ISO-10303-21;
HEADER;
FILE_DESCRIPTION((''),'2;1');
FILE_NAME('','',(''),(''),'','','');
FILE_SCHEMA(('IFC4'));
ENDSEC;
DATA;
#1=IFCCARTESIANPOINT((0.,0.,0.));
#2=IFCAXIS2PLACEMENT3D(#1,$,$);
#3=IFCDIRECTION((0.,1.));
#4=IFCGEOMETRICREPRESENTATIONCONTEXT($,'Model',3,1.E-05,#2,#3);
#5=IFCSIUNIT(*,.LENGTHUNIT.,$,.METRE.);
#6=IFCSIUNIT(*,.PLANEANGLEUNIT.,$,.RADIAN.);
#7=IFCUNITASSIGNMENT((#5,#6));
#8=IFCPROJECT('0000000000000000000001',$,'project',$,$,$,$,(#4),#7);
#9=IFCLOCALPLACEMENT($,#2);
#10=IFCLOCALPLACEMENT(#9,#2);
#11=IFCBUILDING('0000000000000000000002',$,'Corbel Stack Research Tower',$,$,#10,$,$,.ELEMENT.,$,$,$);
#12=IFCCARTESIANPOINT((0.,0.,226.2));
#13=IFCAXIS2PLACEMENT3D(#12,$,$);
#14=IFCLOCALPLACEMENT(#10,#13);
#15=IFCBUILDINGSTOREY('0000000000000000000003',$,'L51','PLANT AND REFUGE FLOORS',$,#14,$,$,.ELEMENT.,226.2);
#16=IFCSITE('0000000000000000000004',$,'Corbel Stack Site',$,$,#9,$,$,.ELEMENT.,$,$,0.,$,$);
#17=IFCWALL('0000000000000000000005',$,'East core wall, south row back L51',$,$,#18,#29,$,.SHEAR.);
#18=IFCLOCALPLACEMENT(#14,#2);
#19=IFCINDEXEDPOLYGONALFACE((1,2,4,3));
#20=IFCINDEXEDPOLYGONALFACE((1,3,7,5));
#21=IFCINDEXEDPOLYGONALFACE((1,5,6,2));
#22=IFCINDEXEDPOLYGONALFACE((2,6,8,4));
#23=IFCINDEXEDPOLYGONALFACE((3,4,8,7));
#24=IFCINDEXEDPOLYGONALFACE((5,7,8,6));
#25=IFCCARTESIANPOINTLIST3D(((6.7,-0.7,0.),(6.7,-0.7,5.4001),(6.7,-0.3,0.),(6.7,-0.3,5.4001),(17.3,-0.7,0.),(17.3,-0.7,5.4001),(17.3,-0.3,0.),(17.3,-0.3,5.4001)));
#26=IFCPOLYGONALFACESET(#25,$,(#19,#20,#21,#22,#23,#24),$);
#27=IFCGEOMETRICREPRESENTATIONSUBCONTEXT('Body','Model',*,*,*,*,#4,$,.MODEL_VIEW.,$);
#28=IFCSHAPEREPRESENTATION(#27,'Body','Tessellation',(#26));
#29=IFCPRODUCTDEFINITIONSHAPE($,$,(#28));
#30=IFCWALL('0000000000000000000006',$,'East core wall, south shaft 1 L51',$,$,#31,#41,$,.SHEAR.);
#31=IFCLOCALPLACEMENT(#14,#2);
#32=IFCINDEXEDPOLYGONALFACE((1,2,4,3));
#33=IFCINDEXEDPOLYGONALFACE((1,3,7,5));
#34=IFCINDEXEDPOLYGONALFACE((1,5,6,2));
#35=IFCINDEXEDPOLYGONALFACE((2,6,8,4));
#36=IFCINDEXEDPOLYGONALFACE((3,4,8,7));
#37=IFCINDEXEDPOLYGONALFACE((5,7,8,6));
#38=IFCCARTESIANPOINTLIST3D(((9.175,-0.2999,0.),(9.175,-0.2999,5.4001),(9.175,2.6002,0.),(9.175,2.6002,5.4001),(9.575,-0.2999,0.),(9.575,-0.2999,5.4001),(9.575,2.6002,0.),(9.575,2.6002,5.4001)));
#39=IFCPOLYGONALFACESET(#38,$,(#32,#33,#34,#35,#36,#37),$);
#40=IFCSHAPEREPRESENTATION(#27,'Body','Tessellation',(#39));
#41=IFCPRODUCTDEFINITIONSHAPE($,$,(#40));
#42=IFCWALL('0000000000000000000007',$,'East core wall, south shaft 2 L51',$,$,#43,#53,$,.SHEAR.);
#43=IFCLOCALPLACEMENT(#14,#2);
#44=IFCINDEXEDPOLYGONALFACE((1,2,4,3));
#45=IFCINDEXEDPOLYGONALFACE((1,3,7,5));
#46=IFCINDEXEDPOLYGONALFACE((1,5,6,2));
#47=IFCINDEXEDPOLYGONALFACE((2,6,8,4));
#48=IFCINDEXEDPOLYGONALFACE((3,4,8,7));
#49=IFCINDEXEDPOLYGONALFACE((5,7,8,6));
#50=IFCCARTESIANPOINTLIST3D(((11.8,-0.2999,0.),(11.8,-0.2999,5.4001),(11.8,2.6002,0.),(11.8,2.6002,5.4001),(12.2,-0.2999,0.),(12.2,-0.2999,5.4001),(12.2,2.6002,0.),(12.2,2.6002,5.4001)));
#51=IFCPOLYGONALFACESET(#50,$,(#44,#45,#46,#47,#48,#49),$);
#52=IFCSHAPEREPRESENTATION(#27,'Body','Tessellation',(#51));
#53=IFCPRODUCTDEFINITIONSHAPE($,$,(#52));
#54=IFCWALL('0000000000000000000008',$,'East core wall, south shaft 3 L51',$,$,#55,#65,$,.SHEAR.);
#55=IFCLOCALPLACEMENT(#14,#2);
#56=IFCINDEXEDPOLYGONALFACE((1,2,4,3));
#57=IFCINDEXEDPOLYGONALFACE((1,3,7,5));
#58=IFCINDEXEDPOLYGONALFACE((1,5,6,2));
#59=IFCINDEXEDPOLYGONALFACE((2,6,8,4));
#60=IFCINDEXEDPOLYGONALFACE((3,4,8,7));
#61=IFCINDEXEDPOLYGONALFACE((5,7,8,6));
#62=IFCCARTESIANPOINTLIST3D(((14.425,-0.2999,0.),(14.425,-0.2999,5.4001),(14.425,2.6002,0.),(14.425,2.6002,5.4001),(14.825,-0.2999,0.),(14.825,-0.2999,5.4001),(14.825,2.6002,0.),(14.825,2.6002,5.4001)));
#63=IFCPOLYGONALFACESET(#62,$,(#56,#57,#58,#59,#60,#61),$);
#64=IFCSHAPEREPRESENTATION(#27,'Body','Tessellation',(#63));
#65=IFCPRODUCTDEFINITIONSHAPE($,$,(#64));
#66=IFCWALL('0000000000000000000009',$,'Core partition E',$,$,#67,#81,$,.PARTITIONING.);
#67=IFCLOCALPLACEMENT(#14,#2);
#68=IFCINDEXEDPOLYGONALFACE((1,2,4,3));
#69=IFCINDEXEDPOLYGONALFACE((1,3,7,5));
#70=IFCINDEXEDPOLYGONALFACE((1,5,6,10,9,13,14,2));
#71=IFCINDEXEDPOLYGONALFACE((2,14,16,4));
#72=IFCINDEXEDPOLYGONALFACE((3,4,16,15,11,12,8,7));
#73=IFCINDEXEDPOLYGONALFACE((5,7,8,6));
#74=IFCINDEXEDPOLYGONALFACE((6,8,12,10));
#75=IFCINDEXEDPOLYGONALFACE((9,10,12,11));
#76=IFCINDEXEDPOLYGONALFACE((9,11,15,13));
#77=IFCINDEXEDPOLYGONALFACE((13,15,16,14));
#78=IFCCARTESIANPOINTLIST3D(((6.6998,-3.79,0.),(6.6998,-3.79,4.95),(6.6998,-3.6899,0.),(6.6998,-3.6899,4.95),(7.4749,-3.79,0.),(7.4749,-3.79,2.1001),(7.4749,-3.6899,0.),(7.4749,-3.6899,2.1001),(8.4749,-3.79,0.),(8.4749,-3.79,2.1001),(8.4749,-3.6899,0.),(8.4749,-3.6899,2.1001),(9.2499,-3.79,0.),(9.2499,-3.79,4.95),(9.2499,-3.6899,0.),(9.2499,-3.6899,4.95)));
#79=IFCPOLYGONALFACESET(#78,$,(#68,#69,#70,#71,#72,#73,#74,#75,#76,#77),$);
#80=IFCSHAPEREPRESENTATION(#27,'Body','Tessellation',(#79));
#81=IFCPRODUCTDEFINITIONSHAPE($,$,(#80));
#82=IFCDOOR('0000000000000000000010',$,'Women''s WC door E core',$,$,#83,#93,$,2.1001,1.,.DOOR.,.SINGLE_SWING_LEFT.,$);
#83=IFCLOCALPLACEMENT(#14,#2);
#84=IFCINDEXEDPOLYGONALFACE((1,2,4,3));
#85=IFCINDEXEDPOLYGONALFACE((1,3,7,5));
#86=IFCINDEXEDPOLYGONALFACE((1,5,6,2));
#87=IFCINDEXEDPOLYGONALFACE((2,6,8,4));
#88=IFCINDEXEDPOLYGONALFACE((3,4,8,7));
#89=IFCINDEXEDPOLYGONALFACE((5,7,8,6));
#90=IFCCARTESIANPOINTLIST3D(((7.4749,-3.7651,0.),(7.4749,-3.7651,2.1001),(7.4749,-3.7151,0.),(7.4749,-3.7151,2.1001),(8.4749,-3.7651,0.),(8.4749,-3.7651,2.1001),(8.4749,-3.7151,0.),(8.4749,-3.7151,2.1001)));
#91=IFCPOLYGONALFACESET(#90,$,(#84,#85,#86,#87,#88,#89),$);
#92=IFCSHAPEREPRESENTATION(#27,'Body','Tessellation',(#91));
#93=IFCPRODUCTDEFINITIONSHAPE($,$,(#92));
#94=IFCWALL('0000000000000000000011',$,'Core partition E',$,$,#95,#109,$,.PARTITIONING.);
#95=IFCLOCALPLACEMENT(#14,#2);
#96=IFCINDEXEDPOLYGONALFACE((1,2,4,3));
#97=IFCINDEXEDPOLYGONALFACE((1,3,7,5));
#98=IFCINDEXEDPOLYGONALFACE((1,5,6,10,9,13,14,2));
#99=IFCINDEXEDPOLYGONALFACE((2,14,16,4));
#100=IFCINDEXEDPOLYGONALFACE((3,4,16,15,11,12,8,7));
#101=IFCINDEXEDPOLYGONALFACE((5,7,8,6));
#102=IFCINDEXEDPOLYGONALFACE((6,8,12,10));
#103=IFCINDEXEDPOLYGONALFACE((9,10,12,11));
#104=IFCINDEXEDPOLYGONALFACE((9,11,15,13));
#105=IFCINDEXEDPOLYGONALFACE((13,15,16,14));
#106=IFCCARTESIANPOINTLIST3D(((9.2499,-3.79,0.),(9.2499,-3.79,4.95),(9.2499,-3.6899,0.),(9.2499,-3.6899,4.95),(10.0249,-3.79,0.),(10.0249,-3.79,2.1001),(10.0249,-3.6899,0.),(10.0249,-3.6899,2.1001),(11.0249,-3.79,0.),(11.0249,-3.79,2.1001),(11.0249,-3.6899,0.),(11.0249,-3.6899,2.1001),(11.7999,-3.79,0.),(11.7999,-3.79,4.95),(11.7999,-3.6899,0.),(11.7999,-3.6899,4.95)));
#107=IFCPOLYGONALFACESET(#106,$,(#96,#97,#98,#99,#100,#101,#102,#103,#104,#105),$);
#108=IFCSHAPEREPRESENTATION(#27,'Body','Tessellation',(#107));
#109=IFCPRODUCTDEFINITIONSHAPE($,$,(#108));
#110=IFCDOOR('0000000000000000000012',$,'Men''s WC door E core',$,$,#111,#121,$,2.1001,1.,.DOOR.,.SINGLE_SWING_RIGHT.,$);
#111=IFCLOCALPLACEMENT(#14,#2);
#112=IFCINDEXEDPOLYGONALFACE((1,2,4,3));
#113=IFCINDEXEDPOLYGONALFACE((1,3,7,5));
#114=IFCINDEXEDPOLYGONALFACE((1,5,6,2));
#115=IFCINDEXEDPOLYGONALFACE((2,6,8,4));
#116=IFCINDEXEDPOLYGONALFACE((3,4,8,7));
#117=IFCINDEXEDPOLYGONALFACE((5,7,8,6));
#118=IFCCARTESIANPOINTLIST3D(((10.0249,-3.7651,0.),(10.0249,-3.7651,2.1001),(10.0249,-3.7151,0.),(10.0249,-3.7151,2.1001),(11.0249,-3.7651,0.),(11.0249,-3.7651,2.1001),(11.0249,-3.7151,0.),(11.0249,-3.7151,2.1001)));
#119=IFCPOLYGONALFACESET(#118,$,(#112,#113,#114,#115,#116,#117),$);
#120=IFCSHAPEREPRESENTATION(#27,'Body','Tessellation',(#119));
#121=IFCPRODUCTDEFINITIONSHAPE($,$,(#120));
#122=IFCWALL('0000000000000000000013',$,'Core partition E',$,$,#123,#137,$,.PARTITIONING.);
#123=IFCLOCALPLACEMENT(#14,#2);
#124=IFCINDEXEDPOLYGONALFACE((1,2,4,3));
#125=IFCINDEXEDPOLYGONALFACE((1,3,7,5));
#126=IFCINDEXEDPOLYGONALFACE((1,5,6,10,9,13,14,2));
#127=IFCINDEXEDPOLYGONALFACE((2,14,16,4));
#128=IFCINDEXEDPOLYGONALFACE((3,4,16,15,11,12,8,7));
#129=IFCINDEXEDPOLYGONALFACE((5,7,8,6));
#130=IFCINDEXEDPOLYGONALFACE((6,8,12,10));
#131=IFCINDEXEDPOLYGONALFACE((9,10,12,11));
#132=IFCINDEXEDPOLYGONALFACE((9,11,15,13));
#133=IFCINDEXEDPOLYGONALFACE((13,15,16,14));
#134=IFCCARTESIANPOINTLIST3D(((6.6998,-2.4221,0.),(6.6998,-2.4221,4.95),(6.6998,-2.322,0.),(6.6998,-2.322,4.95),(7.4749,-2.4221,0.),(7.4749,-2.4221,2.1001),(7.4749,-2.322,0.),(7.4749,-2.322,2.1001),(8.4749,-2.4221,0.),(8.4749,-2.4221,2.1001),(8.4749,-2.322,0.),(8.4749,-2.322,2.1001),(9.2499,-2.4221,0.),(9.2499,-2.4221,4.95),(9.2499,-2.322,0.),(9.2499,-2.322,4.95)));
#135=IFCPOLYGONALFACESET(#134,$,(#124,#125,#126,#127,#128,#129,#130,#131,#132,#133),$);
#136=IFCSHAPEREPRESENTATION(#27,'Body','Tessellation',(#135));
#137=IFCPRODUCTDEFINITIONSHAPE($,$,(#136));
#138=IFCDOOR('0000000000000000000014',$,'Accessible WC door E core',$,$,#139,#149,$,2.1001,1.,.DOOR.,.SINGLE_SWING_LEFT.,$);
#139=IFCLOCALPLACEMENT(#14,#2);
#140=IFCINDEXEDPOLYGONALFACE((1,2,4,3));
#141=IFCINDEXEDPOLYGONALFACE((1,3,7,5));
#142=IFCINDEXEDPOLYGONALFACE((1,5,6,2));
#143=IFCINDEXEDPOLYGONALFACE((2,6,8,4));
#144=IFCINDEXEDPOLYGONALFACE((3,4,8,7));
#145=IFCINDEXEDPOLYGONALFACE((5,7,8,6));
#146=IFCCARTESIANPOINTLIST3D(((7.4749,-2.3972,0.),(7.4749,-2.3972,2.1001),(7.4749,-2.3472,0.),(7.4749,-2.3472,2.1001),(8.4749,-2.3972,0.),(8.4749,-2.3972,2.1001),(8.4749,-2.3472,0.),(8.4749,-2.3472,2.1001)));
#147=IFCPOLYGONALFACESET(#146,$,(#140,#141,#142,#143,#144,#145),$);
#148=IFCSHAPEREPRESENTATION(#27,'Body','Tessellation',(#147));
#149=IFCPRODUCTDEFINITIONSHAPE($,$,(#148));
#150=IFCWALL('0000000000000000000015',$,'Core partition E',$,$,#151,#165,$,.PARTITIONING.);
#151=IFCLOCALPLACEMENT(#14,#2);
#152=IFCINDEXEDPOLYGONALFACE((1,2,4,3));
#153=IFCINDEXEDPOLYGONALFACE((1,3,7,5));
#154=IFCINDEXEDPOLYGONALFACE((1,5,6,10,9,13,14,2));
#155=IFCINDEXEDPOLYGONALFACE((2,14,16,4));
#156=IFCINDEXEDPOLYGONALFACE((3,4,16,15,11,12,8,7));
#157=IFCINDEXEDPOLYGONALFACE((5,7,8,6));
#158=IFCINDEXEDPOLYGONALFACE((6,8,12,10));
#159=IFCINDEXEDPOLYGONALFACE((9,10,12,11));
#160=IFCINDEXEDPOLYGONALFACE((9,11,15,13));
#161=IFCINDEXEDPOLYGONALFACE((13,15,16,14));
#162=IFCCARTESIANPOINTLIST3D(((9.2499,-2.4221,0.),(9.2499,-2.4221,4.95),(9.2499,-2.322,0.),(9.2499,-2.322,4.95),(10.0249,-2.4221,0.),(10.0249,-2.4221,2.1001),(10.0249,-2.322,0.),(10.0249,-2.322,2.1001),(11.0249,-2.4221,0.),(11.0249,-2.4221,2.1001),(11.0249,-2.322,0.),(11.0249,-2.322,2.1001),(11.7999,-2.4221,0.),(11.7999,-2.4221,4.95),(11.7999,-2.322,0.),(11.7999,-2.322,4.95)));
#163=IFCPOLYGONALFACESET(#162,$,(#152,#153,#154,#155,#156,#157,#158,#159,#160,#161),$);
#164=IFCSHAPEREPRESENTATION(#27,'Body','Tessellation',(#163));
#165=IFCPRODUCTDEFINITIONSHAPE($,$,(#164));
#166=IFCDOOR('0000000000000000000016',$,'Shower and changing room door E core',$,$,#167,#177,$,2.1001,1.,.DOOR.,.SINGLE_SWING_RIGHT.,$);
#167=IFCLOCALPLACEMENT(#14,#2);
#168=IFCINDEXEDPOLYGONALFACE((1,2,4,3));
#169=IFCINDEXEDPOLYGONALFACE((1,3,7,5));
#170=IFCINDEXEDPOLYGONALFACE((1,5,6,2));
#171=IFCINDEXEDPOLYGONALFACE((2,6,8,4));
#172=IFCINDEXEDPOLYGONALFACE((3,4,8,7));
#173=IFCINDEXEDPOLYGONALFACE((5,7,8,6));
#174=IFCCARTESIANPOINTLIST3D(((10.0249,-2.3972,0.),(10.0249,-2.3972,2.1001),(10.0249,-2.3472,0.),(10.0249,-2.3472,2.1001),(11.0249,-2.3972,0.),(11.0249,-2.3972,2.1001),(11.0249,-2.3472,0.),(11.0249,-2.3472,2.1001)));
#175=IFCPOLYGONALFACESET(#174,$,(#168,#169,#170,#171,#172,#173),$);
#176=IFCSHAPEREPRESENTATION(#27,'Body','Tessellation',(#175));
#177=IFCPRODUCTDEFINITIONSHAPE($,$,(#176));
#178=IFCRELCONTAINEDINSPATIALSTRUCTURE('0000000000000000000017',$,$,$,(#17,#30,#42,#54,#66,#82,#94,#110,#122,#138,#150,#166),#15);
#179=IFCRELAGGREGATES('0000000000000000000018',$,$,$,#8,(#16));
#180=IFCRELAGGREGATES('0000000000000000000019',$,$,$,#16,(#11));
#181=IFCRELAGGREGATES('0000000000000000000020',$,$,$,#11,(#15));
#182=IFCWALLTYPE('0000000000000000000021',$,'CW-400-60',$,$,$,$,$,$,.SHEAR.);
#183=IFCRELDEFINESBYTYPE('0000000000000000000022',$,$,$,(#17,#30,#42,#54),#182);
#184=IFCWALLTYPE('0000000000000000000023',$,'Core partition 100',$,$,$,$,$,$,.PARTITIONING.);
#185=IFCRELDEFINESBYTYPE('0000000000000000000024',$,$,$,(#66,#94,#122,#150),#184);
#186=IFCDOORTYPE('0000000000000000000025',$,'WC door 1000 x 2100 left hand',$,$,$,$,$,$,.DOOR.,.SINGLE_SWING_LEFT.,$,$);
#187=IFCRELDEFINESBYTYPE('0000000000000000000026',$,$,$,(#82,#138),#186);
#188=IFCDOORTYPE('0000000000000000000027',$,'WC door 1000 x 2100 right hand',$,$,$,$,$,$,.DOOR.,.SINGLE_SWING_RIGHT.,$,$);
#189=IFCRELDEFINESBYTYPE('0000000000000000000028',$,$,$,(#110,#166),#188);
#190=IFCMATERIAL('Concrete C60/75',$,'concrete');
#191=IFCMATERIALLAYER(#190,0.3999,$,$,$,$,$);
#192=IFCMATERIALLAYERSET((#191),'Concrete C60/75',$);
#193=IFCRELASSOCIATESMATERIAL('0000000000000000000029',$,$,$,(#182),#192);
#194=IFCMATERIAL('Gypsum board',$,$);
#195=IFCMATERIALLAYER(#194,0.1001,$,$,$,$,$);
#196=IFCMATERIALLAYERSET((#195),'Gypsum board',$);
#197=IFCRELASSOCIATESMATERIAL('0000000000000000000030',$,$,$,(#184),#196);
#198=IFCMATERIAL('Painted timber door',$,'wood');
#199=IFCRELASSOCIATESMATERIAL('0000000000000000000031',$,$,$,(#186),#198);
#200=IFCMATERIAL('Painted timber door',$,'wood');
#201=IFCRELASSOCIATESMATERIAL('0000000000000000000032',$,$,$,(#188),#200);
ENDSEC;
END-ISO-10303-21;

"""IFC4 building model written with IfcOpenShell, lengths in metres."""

from ifc_helpers import new_model, si_unit, direction, frame, frame_2d, origin, place, context, subcontext, project, spatial, rectangle, extrude, material, layer, layer_set, type_object, element, fill, save


model = new_model("IFC4")

# Units and contexts
model_context = context("Model", 3, precision=1e-05, world=origin(), true_north=direction((0.0, 1.0)))
body_context = subcontext(model_context, "Body", "Model", "MODEL_VIEW")
ifc_project = project(units=[si_unit("LENGTHUNIT", "METRE"), si_unit("PLANEANGLEUNIT", "RADIAN")], contexts=[model_context])

# Site, building, storey
site_placement = place(None, origin())
site = spatial("IfcSite", under=ifc_project, at=site_placement, Name="Corbel Stack Site", CompositionType="ELEMENT", RefElevation=0.0)
building_placement = place(site_placement, origin())
building = spatial("IfcBuilding", under=site, at=building_placement, Name="Corbel Stack Research Tower", CompositionType="ELEMENT")
storey_placement = place(building_placement, frame((0.0, 0.0, 226.2)))
storey = spatial("IfcBuildingStorey", under=building, at=storey_placement, Name="L51", Description="PLANT AND REFUGE FLOORS", CompositionType="ELEMENT", Elevation=226.2)

# Walls
ifc_material_1 = material(Name="Concrete C60/75", Category="concrete")
ifc_layer_1 = layer(ifc_material_1, 0.3999)
ifc_layer_set_1 = layer_set([ifc_layer_1], Name="Concrete C60/75")
wall_type_1 = type_object("IfcWallType", Name="CW-400-60", PredefinedType="SHEAR", material=ifc_layer_set_1)
wall_1_placement = place(storey_placement, frame((6.7, -0.5, 0.0), z_axis=(0.0, 0.0, 1.0), x_axis=(1.0, 0.0, 0.0)))
element("IfcWall", 1, at=wall_1_placement, inside=storey, type_object=wall_type_1, Name="East core wall, south row back L51", PredefinedType="SHEAR", context=body_context, shape_type="SweptSolid", body=[
    extrude(rectangle(XDim=10.6001, YDim=0.3999, at=frame_2d((5.3, 0.0))), origin(), (0.0, 0.0, 1.0), 5.4001),
])
for number, where, z_axis, x_axis, name in (
    (2, (9.375, -0.3, 0.0), (0.0, 0.0, 1.0), (0.0, 1.0, 0.0), "East core wall, south shaft 1 L51"),
    (3, (12.0, -0.3, 0.0), (0.0, 0.0, 1.0), (0.0, 1.0, 0.0), "East core wall, south shaft 2 L51"),
    (4, (14.625, -0.3, 0.0), (0.0, 0.0, 1.0), (0.0, 1.0, 0.0), "East core wall, south shaft 3 L51"),
):
    element("IfcWall", number, at=place(storey_placement, frame(where, z_axis=z_axis, x_axis=x_axis)), inside=storey, type_object=wall_type_1, Name=name, PredefinedType="SHEAR", context=body_context, shape_type="SweptSolid", body=[
        extrude(rectangle(XDim=2.9001, YDim=0.3999, at=frame_2d((1.4502, 0.0))), origin(), (0.0, 0.0, 1.0), 5.4001),
    ])

# Walls, openings, doors
ifc_material_2 = material(Name="Gypsum board")
ifc_layer_2 = layer(ifc_material_2, 0.1001)
ifc_layer_set_2 = layer_set([ifc_layer_2], Name="Gypsum board")
wall_type_2 = type_object("IfcWallType", Name="Core partition 100", PredefinedType="PARTITIONING", material=ifc_layer_set_2)
wall_2_placement = place(storey_placement, frame((6.7, -3.74, 0.0), z_axis=(0.0, 0.0, 1.0), x_axis=(1.0, 0.0, 0.0)))
wall_2 = element("IfcWall", 5, at=wall_2_placement, inside=storey, type_object=wall_type_2, Name="Core partition E", PredefinedType="PARTITIONING", context=body_context, shape_type="SweptSolid", body=[
    extrude(rectangle(XDim=2.55, YDim=0.1001, at=frame_2d((1.2749, 0.0))), origin(), (0.0, 0.0, 1.0), 4.95),
])
opening_1_placement = place(wall_2_placement, frame((0.7749, 0.0, 0.0)))
opening_1 = element("IfcOpeningElement", 6, at=opening_1_placement, cuts=wall_2, PredefinedType="OPENING", context=body_context, shape_type="SweptSolid", body=[
    extrude(rectangle(XDim=1.0, YDim=2.1001, at=frame_2d((0.5, 1.05))), frame((0.0, 0.0601, 0.0), z_axis=(0.0, -1.0, 0.0), x_axis=(1.0, 0.0, 0.0)), (0.0, 0.0, 1.0), 0.1201),
])
ifc_material_3 = material(Name="Painted timber door", Category="wood")
door_type_1 = type_object("IfcDoorType", Name="WC door 1000 x 2100 left hand", OperationType="SINGLE_SWING_LEFT", PredefinedType="DOOR", material=ifc_material_3)
door_1_placement = place(opening_1_placement, origin())
door_1 = element("IfcDoor", 7, at=door_1_placement, inside=storey, type_object=door_type_1, Name="Women's WC door E core", OperationType="SINGLE_SWING_LEFT", OverallHeight=2.1001, OverallWidth=1.0, PredefinedType="DOOR", context=body_context, shape_type="SweptSolid", body=[
    extrude(rectangle(XDim=1.0, YDim=2.1001, at=frame_2d((0.5, 1.05))), frame((0.0, 0.0249, 0.0), z_axis=(0.0, -1.0, 0.0), x_axis=(1.0, 0.0, 0.0)), (0.0, 0.0, 1.0), 0.05),
])
fill(opening_1, door_1)
wall_3_placement = place(storey_placement, frame((9.25, -3.74, 0.0), z_axis=(0.0, 0.0, 1.0), x_axis=(1.0, 0.0, 0.0)))
wall_3 = element("IfcWall", 8, at=wall_3_placement, inside=storey, type_object=wall_type_2, Name="Core partition E", PredefinedType="PARTITIONING", context=body_context, shape_type="SweptSolid", body=[
    extrude(rectangle(XDim=2.55, YDim=0.1001, at=frame_2d((1.2749, 0.0))), origin(), (0.0, 0.0, 1.0), 4.95),
])
opening_2_placement = place(wall_3_placement, frame((0.7749, 0.0, 0.0)))
opening_2 = element("IfcOpeningElement", 9, at=opening_2_placement, cuts=wall_3, PredefinedType="OPENING", context=body_context, shape_type="SweptSolid", body=[
    extrude(rectangle(XDim=1.0, YDim=2.1001, at=frame_2d((0.5, 1.05))), frame((0.0, 0.0601, 0.0), z_axis=(0.0, -1.0, 0.0), x_axis=(1.0, 0.0, 0.0)), (0.0, 0.0, 1.0), 0.1201),
])
ifc_material_4 = material(Name="Painted timber door", Category="wood")
door_type_2 = type_object("IfcDoorType", Name="WC door 1000 x 2100 right hand", OperationType="SINGLE_SWING_RIGHT", PredefinedType="DOOR", material=ifc_material_4)
door_2_placement = place(opening_2_placement, origin())
door_2 = element("IfcDoor", 10, at=door_2_placement, inside=storey, type_object=door_type_2, Name="Men's WC door E core", OperationType="SINGLE_SWING_RIGHT", OverallHeight=2.1001, OverallWidth=1.0, PredefinedType="DOOR", context=body_context, shape_type="SweptSolid", body=[
    extrude(rectangle(XDim=1.0, YDim=2.1001, at=frame_2d((0.5, 1.05))), frame((0.0, 0.0249, 0.0), z_axis=(0.0, -1.0, 0.0), x_axis=(1.0, 0.0, 0.0)), (0.0, 0.0, 1.0), 0.05),
])
fill(opening_2, door_2)
wall_4_placement = place(storey_placement, frame((6.7, -2.3721, 0.0), z_axis=(0.0, 0.0, 1.0), x_axis=(1.0, 0.0, 0.0)))
wall_4 = element("IfcWall", 11, at=wall_4_placement, inside=storey, type_object=wall_type_2, Name="Core partition E", PredefinedType="PARTITIONING", context=body_context, shape_type="SweptSolid", body=[
    extrude(rectangle(XDim=2.55, YDim=0.1001, at=frame_2d((1.2749, 0.0))), origin(), (0.0, 0.0, 1.0), 4.95),
])
opening_3_placement = place(wall_4_placement, frame((0.7749, 0.0, 0.0)))
opening_3 = element("IfcOpeningElement", 12, at=opening_3_placement, cuts=wall_4, PredefinedType="OPENING", context=body_context, shape_type="SweptSolid", body=[
    extrude(rectangle(XDim=1.0, YDim=2.1001, at=frame_2d((0.5, 1.05))), frame((0.0, 0.0601, 0.0), z_axis=(0.0, -1.0, 0.0), x_axis=(1.0, 0.0, 0.0)), (0.0, 0.0, 1.0), 0.1201),
])
door_3_placement = place(opening_3_placement, origin())
door_3 = element("IfcDoor", 13, at=door_3_placement, inside=storey, type_object=door_type_1, Name="Accessible WC door E core", OperationType="SINGLE_SWING_LEFT", OverallHeight=2.1001, OverallWidth=1.0, PredefinedType="DOOR", context=body_context, shape_type="SweptSolid", body=[
    extrude(rectangle(XDim=1.0, YDim=2.1001, at=frame_2d((0.5, 1.05))), frame((0.0, 0.0249, 0.0), z_axis=(0.0, -1.0, 0.0), x_axis=(1.0, 0.0, 0.0)), (0.0, 0.0, 1.0), 0.05),
])
fill(opening_3, door_3)
wall_5_placement = place(storey_placement, frame((9.25, -2.3721, 0.0), z_axis=(0.0, 0.0, 1.0), x_axis=(1.0, 0.0, 0.0)))
wall_5 = element("IfcWall", 14, at=wall_5_placement, inside=storey, type_object=wall_type_2, Name="Core partition E", PredefinedType="PARTITIONING", context=body_context, shape_type="SweptSolid", body=[
    extrude(rectangle(XDim=2.55, YDim=0.1001, at=frame_2d((1.2749, 0.0))), origin(), (0.0, 0.0, 1.0), 4.95),
])
opening_4_placement = place(wall_5_placement, frame((0.7749, 0.0, 0.0)))
opening_4 = element("IfcOpeningElement", 15, at=opening_4_placement, cuts=wall_5, PredefinedType="OPENING", context=body_context, shape_type="SweptSolid", body=[
    extrude(rectangle(XDim=1.0, YDim=2.1001, at=frame_2d((0.5, 1.05))), frame((0.0, 0.0601, 0.0), z_axis=(0.0, -1.0, 0.0), x_axis=(1.0, 0.0, 0.0)), (0.0, 0.0, 1.0), 0.1201),
])
door_4_placement = place(opening_4_placement, origin())
door_4 = element("IfcDoor", 16, at=door_4_placement, inside=storey, type_object=door_type_2, Name="Shower and changing room door E core", OperationType="SINGLE_SWING_RIGHT", OverallHeight=2.1001, OverallWidth=1.0, PredefinedType="DOOR", context=body_context, shape_type="SweptSolid", body=[
    extrude(rectangle(XDim=1.0, YDim=2.1001, at=frame_2d((0.5, 1.05))), frame((0.0, 0.0249, 0.0), z_axis=(0.0, -1.0, 0.0), x_axis=(1.0, 0.0, 0.0)), (0.0, 0.0, 1.0), 0.05),
])
fill(opening_4, door_4)

save(model, "model.ifc")
